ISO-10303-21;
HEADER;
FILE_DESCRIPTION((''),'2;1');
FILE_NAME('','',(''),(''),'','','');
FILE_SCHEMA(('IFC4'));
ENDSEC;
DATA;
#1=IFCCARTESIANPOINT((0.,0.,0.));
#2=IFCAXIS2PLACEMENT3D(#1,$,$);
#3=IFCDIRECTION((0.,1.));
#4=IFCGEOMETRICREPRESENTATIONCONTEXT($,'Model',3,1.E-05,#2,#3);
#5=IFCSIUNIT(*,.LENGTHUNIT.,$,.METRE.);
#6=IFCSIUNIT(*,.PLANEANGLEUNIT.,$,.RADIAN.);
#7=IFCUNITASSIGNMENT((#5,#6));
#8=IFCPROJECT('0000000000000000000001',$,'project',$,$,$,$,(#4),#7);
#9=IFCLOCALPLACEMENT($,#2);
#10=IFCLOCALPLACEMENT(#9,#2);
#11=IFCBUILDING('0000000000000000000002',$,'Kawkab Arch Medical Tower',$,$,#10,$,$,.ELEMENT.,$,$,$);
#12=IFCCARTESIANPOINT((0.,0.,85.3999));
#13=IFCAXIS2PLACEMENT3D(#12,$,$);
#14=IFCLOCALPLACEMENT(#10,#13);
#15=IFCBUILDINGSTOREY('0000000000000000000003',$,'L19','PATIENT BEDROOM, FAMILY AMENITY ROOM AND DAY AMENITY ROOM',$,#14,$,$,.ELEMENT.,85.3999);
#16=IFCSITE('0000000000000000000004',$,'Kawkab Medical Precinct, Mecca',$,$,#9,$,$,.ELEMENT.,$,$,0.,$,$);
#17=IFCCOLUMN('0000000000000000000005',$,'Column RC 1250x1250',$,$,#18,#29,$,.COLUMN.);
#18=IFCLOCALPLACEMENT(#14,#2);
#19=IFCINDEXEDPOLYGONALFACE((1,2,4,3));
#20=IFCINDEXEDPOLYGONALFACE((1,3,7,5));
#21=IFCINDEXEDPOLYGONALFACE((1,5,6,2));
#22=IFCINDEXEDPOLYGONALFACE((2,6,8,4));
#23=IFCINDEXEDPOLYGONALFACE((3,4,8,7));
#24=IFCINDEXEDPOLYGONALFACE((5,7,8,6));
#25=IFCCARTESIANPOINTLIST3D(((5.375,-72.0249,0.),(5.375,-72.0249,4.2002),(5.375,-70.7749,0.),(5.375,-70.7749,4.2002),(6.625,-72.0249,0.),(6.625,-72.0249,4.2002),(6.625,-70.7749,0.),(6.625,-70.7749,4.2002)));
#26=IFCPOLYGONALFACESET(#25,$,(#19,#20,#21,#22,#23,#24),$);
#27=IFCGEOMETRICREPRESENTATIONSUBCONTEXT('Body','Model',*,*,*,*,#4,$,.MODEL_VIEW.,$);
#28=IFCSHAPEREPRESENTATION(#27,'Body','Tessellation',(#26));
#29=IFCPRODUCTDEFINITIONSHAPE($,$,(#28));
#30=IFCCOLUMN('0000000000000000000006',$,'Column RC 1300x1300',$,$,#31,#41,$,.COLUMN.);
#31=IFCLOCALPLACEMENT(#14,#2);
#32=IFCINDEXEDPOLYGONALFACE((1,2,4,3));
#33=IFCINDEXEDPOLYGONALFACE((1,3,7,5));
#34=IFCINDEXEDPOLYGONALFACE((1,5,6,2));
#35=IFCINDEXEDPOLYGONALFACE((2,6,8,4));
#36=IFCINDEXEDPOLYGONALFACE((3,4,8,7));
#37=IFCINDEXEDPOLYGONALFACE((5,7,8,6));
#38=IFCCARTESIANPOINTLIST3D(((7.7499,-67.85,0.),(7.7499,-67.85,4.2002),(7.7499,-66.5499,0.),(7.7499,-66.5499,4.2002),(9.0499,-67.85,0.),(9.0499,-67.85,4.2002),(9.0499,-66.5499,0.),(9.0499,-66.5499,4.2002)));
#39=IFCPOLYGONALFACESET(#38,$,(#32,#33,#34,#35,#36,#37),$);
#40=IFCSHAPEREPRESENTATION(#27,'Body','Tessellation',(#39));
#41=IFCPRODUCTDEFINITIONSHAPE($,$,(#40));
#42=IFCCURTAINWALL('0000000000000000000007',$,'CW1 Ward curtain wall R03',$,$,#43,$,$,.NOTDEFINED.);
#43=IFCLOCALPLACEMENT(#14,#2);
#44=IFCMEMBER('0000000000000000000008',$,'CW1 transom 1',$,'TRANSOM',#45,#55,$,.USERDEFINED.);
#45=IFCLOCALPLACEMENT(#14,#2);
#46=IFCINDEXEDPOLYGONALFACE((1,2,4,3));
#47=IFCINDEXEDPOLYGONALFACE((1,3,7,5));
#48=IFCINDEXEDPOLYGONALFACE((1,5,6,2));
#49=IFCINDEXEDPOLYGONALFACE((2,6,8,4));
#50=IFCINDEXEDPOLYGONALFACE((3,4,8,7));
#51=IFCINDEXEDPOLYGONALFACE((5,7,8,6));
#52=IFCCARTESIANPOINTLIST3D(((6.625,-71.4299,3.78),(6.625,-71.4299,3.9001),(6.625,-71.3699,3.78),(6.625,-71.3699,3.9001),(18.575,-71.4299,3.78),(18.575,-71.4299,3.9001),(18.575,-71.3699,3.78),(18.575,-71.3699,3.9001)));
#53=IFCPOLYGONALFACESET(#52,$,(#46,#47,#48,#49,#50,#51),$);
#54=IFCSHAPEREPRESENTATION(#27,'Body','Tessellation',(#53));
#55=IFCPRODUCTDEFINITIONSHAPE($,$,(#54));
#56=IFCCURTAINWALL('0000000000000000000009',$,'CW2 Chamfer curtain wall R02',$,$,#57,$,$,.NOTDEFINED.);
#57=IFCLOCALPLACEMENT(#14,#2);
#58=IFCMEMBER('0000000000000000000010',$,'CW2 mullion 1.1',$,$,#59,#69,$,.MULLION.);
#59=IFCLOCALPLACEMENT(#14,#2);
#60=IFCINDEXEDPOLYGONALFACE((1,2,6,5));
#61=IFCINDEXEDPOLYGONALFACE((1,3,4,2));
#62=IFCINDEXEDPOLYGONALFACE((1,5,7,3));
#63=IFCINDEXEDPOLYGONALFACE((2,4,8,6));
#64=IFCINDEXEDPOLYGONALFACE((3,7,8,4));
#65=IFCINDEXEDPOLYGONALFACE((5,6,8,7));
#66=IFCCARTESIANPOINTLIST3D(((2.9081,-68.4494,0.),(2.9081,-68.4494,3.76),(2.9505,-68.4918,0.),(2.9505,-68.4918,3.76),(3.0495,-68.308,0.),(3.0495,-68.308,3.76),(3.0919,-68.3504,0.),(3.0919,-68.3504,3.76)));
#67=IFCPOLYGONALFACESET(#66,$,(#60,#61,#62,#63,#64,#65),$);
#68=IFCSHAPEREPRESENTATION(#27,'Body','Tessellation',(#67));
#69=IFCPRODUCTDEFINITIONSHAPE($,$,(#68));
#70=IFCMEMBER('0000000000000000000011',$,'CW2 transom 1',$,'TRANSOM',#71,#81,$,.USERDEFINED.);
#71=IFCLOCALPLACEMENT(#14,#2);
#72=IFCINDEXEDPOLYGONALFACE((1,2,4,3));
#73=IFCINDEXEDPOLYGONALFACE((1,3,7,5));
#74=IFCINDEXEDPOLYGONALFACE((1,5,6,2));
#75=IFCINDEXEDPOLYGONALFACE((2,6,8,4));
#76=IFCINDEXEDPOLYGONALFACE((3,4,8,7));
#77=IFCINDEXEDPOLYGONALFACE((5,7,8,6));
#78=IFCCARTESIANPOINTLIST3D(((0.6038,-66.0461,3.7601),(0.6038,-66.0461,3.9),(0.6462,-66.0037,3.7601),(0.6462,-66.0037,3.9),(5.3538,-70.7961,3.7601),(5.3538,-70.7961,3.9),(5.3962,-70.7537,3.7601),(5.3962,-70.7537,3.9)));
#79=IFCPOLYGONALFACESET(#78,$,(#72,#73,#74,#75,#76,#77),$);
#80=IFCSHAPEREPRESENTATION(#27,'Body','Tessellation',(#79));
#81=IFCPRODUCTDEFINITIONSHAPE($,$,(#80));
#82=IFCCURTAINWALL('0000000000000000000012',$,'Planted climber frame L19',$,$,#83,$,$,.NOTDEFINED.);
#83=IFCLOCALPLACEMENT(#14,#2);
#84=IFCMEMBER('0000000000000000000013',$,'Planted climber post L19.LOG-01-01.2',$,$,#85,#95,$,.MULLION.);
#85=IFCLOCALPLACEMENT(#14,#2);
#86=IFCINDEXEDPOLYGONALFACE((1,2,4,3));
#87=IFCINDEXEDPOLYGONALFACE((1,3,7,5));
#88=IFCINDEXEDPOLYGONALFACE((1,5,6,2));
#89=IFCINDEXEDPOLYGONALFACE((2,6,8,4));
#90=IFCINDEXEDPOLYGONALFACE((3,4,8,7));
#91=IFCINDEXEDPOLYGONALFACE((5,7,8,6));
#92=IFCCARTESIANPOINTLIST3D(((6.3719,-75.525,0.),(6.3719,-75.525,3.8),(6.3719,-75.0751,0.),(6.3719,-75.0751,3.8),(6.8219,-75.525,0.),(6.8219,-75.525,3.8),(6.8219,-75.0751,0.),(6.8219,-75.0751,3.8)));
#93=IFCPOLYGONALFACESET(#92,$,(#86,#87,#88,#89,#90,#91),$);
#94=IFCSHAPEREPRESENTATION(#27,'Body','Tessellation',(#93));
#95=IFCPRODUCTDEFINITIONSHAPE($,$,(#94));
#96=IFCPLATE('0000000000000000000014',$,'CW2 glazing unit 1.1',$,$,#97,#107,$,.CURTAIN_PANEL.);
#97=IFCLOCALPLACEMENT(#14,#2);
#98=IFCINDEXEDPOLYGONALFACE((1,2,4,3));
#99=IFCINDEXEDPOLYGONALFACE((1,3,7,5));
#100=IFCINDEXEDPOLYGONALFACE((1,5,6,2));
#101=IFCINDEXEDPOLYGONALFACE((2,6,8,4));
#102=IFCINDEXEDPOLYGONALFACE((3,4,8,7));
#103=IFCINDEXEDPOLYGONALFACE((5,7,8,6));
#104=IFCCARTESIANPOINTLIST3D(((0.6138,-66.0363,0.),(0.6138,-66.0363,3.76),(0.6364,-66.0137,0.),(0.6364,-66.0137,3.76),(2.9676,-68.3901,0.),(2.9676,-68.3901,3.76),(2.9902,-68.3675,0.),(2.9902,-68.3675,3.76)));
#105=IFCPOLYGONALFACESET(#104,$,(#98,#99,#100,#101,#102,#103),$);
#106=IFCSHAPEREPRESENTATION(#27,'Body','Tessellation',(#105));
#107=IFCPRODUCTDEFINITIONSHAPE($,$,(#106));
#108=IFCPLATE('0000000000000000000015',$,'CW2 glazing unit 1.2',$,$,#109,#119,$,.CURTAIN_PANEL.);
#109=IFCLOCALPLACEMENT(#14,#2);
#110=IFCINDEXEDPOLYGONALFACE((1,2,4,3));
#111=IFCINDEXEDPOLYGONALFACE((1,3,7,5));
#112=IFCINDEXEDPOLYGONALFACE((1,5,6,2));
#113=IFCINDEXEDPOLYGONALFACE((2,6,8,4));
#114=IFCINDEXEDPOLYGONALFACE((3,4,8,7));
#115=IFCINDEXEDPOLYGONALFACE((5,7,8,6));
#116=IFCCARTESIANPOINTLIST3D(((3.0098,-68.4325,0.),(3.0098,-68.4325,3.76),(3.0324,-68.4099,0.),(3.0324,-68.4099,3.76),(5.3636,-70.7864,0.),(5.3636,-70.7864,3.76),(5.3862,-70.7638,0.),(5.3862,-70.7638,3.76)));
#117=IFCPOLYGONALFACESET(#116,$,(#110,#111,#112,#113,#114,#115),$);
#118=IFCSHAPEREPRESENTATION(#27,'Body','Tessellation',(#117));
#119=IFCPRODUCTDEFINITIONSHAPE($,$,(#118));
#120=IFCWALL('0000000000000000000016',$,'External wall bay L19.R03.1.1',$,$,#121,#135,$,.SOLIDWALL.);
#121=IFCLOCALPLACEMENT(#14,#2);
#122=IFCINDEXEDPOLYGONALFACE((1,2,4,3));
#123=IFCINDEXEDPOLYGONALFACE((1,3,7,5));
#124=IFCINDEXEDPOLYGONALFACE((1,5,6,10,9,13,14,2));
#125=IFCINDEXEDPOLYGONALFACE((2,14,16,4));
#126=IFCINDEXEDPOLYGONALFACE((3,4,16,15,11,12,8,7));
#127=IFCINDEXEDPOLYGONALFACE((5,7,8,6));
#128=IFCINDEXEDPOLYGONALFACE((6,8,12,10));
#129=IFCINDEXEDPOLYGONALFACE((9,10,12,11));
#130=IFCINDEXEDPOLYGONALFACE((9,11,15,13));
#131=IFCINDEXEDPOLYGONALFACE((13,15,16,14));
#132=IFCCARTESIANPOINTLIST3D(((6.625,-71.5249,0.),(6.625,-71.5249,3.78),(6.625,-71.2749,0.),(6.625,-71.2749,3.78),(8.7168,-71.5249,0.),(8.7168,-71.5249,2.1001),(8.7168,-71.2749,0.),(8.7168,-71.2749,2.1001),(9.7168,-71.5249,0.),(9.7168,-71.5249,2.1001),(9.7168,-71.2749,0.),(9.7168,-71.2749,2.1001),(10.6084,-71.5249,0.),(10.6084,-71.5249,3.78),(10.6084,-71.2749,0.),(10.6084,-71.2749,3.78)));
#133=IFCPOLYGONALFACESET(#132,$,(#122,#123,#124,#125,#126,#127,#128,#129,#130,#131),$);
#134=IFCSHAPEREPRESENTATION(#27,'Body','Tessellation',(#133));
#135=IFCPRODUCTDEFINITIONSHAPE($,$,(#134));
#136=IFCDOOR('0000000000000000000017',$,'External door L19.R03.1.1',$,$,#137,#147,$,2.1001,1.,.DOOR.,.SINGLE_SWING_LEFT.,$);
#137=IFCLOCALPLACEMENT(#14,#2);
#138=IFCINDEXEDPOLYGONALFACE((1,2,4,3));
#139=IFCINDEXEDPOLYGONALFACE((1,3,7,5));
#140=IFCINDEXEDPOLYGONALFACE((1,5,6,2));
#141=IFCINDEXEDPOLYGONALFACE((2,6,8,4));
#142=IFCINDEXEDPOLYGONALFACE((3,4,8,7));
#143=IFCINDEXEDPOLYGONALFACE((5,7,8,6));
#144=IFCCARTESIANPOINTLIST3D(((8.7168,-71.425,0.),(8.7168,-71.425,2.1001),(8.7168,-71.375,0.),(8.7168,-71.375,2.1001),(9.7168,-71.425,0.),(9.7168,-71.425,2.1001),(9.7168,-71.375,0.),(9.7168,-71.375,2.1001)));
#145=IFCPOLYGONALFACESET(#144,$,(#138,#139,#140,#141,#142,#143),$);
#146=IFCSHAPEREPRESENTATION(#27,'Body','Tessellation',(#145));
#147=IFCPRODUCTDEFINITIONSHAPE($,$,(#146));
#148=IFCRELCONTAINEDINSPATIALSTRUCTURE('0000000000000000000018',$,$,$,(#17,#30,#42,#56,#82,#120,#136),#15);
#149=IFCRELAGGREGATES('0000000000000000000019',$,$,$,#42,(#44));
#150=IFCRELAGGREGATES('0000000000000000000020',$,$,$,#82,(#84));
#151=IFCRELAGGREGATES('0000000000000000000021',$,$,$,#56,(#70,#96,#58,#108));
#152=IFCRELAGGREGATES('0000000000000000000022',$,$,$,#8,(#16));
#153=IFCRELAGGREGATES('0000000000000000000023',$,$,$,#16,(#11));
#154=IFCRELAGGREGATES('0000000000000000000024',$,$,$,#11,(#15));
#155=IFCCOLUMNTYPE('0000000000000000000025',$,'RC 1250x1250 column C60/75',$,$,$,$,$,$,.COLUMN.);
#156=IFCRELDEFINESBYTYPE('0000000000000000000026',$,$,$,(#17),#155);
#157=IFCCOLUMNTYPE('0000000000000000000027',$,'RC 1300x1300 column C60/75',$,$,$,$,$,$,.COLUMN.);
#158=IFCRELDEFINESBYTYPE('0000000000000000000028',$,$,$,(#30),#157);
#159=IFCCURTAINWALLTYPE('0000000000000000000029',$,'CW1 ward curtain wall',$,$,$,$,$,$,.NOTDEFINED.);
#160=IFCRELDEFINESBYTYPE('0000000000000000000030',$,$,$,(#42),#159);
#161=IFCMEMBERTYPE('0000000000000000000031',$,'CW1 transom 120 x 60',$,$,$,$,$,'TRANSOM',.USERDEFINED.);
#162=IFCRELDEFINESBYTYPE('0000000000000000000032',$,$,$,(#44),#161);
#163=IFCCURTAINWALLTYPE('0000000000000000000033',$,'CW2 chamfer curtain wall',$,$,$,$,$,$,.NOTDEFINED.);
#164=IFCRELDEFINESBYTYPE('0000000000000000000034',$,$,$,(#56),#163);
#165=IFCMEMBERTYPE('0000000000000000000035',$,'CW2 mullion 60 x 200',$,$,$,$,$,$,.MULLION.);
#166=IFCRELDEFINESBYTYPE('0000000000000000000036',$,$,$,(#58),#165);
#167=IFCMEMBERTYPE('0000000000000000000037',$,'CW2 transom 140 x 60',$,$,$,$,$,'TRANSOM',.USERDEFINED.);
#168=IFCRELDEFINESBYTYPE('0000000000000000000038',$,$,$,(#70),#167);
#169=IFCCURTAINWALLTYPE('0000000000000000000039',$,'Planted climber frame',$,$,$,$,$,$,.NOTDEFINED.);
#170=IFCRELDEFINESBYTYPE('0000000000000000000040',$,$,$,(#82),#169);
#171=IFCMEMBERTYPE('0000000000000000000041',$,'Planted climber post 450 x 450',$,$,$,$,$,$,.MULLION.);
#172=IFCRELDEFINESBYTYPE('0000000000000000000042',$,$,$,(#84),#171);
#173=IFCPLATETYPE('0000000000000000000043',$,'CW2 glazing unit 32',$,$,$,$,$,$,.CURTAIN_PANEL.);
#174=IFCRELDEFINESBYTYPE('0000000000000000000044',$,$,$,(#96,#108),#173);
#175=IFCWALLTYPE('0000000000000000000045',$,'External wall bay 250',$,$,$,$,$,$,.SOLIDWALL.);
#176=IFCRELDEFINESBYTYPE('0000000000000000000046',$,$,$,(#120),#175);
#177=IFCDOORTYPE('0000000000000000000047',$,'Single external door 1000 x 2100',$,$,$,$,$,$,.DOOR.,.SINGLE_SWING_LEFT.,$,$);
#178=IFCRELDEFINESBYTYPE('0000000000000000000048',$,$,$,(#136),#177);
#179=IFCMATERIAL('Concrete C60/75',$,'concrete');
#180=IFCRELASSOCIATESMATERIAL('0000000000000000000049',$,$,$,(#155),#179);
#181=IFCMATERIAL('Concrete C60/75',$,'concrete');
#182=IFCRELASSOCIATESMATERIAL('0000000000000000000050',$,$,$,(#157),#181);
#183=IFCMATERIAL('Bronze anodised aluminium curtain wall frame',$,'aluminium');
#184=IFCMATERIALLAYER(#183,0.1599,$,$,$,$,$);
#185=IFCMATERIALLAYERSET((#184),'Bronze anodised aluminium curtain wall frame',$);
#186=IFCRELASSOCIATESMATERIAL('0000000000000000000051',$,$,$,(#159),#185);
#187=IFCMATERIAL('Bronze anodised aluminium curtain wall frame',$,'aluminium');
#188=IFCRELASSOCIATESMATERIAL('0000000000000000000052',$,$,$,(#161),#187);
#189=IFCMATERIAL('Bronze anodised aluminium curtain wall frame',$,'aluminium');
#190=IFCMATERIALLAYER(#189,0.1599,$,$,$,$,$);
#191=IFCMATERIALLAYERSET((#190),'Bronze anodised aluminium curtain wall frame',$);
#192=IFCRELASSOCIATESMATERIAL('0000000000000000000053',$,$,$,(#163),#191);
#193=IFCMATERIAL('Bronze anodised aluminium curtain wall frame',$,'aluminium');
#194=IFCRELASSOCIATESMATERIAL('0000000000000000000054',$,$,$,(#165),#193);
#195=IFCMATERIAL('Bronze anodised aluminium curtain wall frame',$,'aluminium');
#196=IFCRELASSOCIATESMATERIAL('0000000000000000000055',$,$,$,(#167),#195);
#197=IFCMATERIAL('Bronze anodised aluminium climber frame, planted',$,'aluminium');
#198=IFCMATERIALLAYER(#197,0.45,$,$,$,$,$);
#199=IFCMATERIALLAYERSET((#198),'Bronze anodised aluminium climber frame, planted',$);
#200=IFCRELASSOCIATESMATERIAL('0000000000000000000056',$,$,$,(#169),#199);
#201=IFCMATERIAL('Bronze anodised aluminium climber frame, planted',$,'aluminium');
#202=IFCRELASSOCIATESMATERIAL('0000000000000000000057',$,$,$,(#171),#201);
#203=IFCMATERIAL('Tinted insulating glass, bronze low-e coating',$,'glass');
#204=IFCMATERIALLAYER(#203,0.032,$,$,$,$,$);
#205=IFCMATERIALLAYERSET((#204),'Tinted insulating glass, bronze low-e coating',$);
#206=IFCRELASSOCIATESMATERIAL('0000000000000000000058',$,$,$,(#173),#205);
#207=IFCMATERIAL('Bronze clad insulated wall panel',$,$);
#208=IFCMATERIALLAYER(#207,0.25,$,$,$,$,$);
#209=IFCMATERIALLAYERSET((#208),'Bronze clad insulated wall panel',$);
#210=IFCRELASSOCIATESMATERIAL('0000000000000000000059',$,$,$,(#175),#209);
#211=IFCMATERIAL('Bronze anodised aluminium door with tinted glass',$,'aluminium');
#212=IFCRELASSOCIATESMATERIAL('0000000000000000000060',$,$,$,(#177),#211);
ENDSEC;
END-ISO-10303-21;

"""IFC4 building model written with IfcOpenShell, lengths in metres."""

from ifc_helpers import new_model, si_unit, direction, frame, frame_2d, origin, origin_2d, place, context, subcontext, project, spatial, rectangle, extrude, material, layer, layer_set, material_profile, profile_set, type_object, element, fill, aggregate, save


model = new_model("IFC4")

# Units and contexts
model_context = context("Model", 3, precision=1e-05, world=origin(), true_north=direction((0.0, 1.0)))
body_context = subcontext(model_context, "Body", "Model", "MODEL_VIEW")
ifc_project = project(units=[si_unit("LENGTHUNIT", "METRE"), si_unit("PLANEANGLEUNIT", "RADIAN")], contexts=[model_context])

# Site, building, storey
site_placement = place(None, origin())
site = spatial("IfcSite", under=ifc_project, at=site_placement, Name="Kawkab Medical Precinct, Mecca", CompositionType="ELEMENT", RefElevation=0.0)
building_placement = place(site_placement, origin())
building = spatial("IfcBuilding", under=site, at=building_placement, Name="Kawkab Arch Medical Tower", CompositionType="ELEMENT")
storey_placement = place(building_placement, frame((0.0, 0.0, 85.3999)))
storey = spatial("IfcBuildingStorey", under=building, at=storey_placement, Name="L19", Description="PATIENT BEDROOM, FAMILY AMENITY ROOM AND DAY AMENITY ROOM", CompositionType="ELEMENT", Elevation=85.3999)

# Columns
ifc_material_1 = material(Name="Concrete C60/75", Category="concrete")
ifc_material_profile_1 = material_profile(ifc_material_1, rectangle(XDim=1.25, YDim=1.25, at=origin_2d()), Name="RC 1250x1250")
ifc_profile_set_1 = profile_set([ifc_material_profile_1], Name="Concrete C60/75")
column_type_1 = type_object("IfcColumnType", Name="RC 1250x1250 column C60/75", PredefinedType="COLUMN", material=ifc_profile_set_1)
column_1_placement = place(storey_placement, frame((6.0, -71.3999, 0.0), z_axis=(0.0, 0.0, 1.0), x_axis=(1.0, 0.0, 0.0)))
element("IfcColumn", 1, at=column_1_placement, inside=storey, type_object=column_type_1, Name="Column RC 1250x1250", PredefinedType="COLUMN", context=body_context, shape_type="SweptSolid", body=[
    extrude(rectangle(XDim=1.25, YDim=1.25, at=origin_2d()), origin(), (0.0, 0.0, 1.0), 4.2002),
])
ifc_material_2 = material(Name="Concrete C60/75", Category="concrete")
ifc_material_profile_2 = material_profile(ifc_material_2, rectangle(XDim=1.3, YDim=1.3, at=origin_2d()), Name="RC 1300x1300")
ifc_profile_set_2 = profile_set([ifc_material_profile_2], Name="Concrete C60/75")
column_type_2 = type_object("IfcColumnType", Name="RC 1300x1300 column C60/75", PredefinedType="COLUMN", material=ifc_profile_set_2)
column_2_placement = place(storey_placement, frame((8.3999, -67.2, 0.0), z_axis=(0.0, 0.0, 1.0), x_axis=(1.0, 0.0, 0.0)))
element("IfcColumn", 2, at=column_2_placement, inside=storey, type_object=column_type_2, Name="Column RC 1300x1300", PredefinedType="COLUMN", context=body_context, shape_type="SweptSolid", body=[
    extrude(rectangle(XDim=1.3, YDim=1.3, at=origin_2d()), origin(), (0.0, 0.0, 1.0), 4.2002),
])

# Curtain wall, member
ifc_material_3 = material(Name="Bronze anodised aluminium curtain wall frame", Category="aluminium")
ifc_layer_1 = layer(ifc_material_3, 0.1599)
ifc_layer_set_1 = layer_set([ifc_layer_1], Name="Bronze anodised aluminium curtain wall frame")
curtain_wall_type_1 = type_object("IfcCurtainWallType", Name="CW1 ward curtain wall", PredefinedType="NOTDEFINED", material=ifc_layer_set_1)
placement = place(storey_placement, origin())
curtain_wall_1 = element("IfcCurtainWall", 3, at=placement, inside=storey, type_object=curtain_wall_type_1, Name="CW1 Ward curtain wall R03", PredefinedType="NOTDEFINED")
ifc_material_4 = material(Name="Bronze anodised aluminium curtain wall frame", Category="aluminium")
ifc_material_profile_3 = material_profile(ifc_material_4, rectangle(XDim=0.0601, YDim=0.1201, at=origin_2d()), Name="AL 60x120")
ifc_profile_set_3 = profile_set([ifc_material_profile_3], Name="Bronze anodised aluminium curtain wall frame")
member_type_1 = type_object("IfcMemberType", Name="CW1 transom 120 x 60", ElementType="TRANSOM", PredefinedType="USERDEFINED", material=ifc_profile_set_3)
member_1_placement = place(storey_placement, frame((6.625, -71.3999, 3.8401), z_axis=(1.0, 0.0, 0.0), x_axis=(0.0, 1.0, 0.0)))
member_1 = element("IfcMember", 4, at=member_1_placement, type_object=member_type_1, Name="CW1 transom 1", ObjectType="TRANSOM", PredefinedType="USERDEFINED", context=body_context, shape_type="SweptSolid", body=[
    extrude(rectangle(XDim=0.0601, YDim=0.1201, at=origin_2d()), origin(), (0.0, 0.0, 1.0), 11.95),
])
aggregate(curtain_wall_1, [member_1])

# Curtain wall, members
ifc_material_5 = material(Name="Bronze anodised aluminium curtain wall frame", Category="aluminium")
ifc_layer_2 = layer(ifc_material_5, 0.1599)
ifc_layer_set_2 = layer_set([ifc_layer_2], Name="Bronze anodised aluminium curtain wall frame")
curtain_wall_type_2 = type_object("IfcCurtainWallType", Name="CW2 chamfer curtain wall", PredefinedType="NOTDEFINED", material=ifc_layer_set_2)
curtain_wall_2 = element("IfcCurtainWall", 5, at=placement, inside=storey, type_object=curtain_wall_type_2, Name="CW2 Chamfer curtain wall R02", PredefinedType="NOTDEFINED")
ifc_material_6 = material(Name="Bronze anodised aluminium curtain wall frame", Category="aluminium")
ifc_material_profile_4 = material_profile(ifc_material_6, rectangle(XDim=0.2, YDim=0.0601, at=origin_2d()), Name="AL 60x200")
ifc_profile_set_4 = profile_set([ifc_material_profile_4], Name="Bronze anodised aluminium curtain wall frame")
member_type_2 = type_object("IfcMemberType", Name="CW2 mullion 60 x 200", PredefinedType="MULLION", material=ifc_profile_set_4)
member_2_placement = place(storey_placement, frame((3.0, -68.3999, 0.0), z_axis=(0.0, 0.0, 1.0), x_axis=(0.707107, 0.707107, 0.0)))
member_2 = element("IfcMember", 6, at=member_2_placement, type_object=member_type_2, Name="CW2 mullion 1.1", PredefinedType="MULLION", context=body_context, shape_type="SweptSolid", body=[
    extrude(rectangle(XDim=0.2, YDim=0.0601, at=origin_2d()), origin(), (0.0, 0.0, 1.0), 3.76),
])
ifc_material_7 = material(Name="Bronze anodised aluminium curtain wall frame", Category="aluminium")
ifc_material_profile_5 = material_profile(ifc_material_7, rectangle(XDim=0.0601, YDim=0.1399, at=origin_2d()), Name="AL 60x140")
ifc_profile_set_5 = profile_set([ifc_material_profile_5], Name="Bronze anodised aluminium curtain wall frame")
member_type_3 = type_object("IfcMemberType", Name="CW2 transom 140 x 60", ElementType="TRANSOM", PredefinedType="USERDEFINED", material=ifc_profile_set_5)
member_3_placement = place(storey_placement, frame((0.625, -66.0249, 3.8301), z_axis=(0.707107, -0.707107, 0.0), x_axis=(0.707107, 0.707107, 0.0)))
member_3 = element("IfcMember", 7, at=member_3_placement, type_object=member_type_3, Name="CW2 transom 1", ObjectType="TRANSOM", PredefinedType="USERDEFINED", context=body_context, shape_type="SweptSolid", body=[
    extrude(rectangle(XDim=0.0601, YDim=0.1399, at=origin_2d()), origin(), (0.0, 0.0, 1.0), 6.7175),
])

# Curtain wall, member
ifc_material_8 = material(Name="Bronze anodised aluminium climber frame, planted", Category="aluminium")
ifc_layer_3 = layer(ifc_material_8, 0.45)
ifc_layer_set_3 = layer_set([ifc_layer_3], Name="Bronze anodised aluminium climber frame, planted")
curtain_wall_type_3 = type_object("IfcCurtainWallType", Name="Planted climber frame", PredefinedType="NOTDEFINED", material=ifc_layer_set_3)
curtain_wall_3 = element("IfcCurtainWall", 8, at=placement, inside=storey, type_object=curtain_wall_type_3, Name="Planted climber frame L19", PredefinedType="NOTDEFINED")
ifc_material_9 = material(Name="Bronze anodised aluminium climber frame, planted", Category="aluminium")
ifc_material_profile_6 = material_profile(ifc_material_9, rectangle(XDim=0.45, YDim=0.45, at=origin_2d()), Name="Post 450x450")
ifc_profile_set_6 = profile_set([ifc_material_profile_6], Name="Bronze anodised aluminium climber frame, planted")
member_type_4 = type_object("IfcMemberType", Name="Planted climber post 450 x 450", PredefinedType="MULLION", material=ifc_profile_set_6)
member_4_placement = place(storey_placement, frame((6.5969, -75.3, 0.0), z_axis=(0.0, 0.0, 1.0), x_axis=(1.0, 0.0, 0.0)))
member_4 = element("IfcMember", 9, at=member_4_placement, type_object=member_type_4, Name="Planted climber post L19.LOG-01-01.2", PredefinedType="MULLION", context=body_context, shape_type="SweptSolid", body=[
    extrude(rectangle(XDim=0.45, YDim=0.45, at=origin_2d()), origin(), (0.0, 0.0, 1.0), 3.8),
])
aggregate(curtain_wall_3, [member_4])

# Plates
ifc_material_10 = material(Name="Tinted insulating glass, bronze low-e coating", Category="glass")
ifc_layer_4 = layer(ifc_material_10, 0.032)
ifc_layer_set_4 = layer_set([ifc_layer_4], Name="Tinted insulating glass, bronze low-e coating")
plate_type = type_object("IfcPlateType", Name="CW2 glazing unit 32", PredefinedType="CURTAIN_PANEL", material=ifc_layer_set_4)
plate_1_placement = place(storey_placement, frame((1.802, -67.2019, 0.0), z_axis=(0.0, 0.0, 1.0), x_axis=(0.707107, -0.707107, 0.0)))
plate_1 = element("IfcPlate", 10, at=plate_1_placement, type_object=plate_type, Name="CW2 glazing unit 1.1", PredefinedType="CURTAIN_PANEL", context=body_context, shape_type="SweptSolid", body=[
    extrude(rectangle(XDim=3.3289, YDim=0.032, at=origin_2d()), origin(), (0.0, 0.0, 1.0), 3.76),
])
plate_2_placement = place(storey_placement, frame((4.198, -69.5981, 0.0), z_axis=(0.0, 0.0, 1.0), x_axis=(0.707107, -0.707107, 0.0)))
plate_2 = element("IfcPlate", 11, at=plate_2_placement, type_object=plate_type, Name="CW2 glazing unit 1.2", PredefinedType="CURTAIN_PANEL", context=body_context, shape_type="SweptSolid", body=[
    extrude(rectangle(XDim=3.3289, YDim=0.032, at=origin_2d()), origin(), (0.0, 0.0, 1.0), 3.76),
])
aggregate(curtain_wall_2, [member_3, plate_1, member_2, plate_2])

# Wall, opening, door
ifc_material_11 = material(Name="Bronze clad insulated wall panel")
ifc_layer_5 = layer(ifc_material_11, 0.25)
ifc_layer_set_5 = layer_set([ifc_layer_5], Name="Bronze clad insulated wall panel")
wall_type_1 = type_object("IfcWallType", Name="External wall bay 250", PredefinedType="SOLIDWALL", material=ifc_layer_set_5)
wall_1_placement = place(storey_placement, frame((6.625, -71.3999, 0.0), z_axis=(0.0, 0.0, 1.0), x_axis=(1.0, 0.0, 0.0)))
wall_1 = element("IfcWall", 12, at=wall_1_placement, inside=storey, type_object=wall_type_1, Name="External wall bay L19.R03.1.1", PredefinedType="SOLIDWALL", context=body_context, shape_type="SweptSolid", body=[
    extrude(rectangle(XDim=3.9834, YDim=0.25, at=frame_2d((1.9917, 0.0))), origin(), (0.0, 0.0, 1.0), 3.78),
])
opening_1_placement = place(wall_1_placement, frame((2.0918, 0.0, 0.0)))
opening_1 = element("IfcOpeningElement", 13, at=opening_1_placement, cuts=wall_1, PredefinedType="OPENING", context=body_context, shape_type="SweptSolid", body=[
    extrude(rectangle(XDim=1.0, YDim=2.1001, at=frame_2d((0.5, 1.05))), frame((0.0, 0.135, 0.0), z_axis=(0.0, -1.0, 0.0), x_axis=(1.0, 0.0, 0.0)), (0.0, 0.0, 1.0), 0.27),
])
ifc_material_12 = material(Name="Bronze anodised aluminium door with tinted glass", Category="aluminium")
door_type_1 = type_object("IfcDoorType", Name="Single external door 1000 x 2100", OperationType="SINGLE_SWING_LEFT", PredefinedType="DOOR", material=ifc_material_12)
door_1_placement = place(opening_1_placement, origin())
door_1 = element("IfcDoor", 14, at=door_1_placement, inside=storey, type_object=door_type_1, Name="External door L19.R03.1.1", OperationType="SINGLE_SWING_LEFT", OverallHeight=2.1001, OverallWidth=1.0, PredefinedType="DOOR", context=body_context, shape_type="SweptSolid", body=[
    extrude(rectangle(XDim=1.0, YDim=2.1001, at=frame_2d((0.5, 1.05))), frame((0.0, 0.0249, 0.0), z_axis=(0.0, -1.0, 0.0), x_axis=(1.0, 0.0, 0.0)), (0.0, 0.0, 1.0), 0.05),
])
fill(opening_1, door_1)

save(model, "model.ifc")
